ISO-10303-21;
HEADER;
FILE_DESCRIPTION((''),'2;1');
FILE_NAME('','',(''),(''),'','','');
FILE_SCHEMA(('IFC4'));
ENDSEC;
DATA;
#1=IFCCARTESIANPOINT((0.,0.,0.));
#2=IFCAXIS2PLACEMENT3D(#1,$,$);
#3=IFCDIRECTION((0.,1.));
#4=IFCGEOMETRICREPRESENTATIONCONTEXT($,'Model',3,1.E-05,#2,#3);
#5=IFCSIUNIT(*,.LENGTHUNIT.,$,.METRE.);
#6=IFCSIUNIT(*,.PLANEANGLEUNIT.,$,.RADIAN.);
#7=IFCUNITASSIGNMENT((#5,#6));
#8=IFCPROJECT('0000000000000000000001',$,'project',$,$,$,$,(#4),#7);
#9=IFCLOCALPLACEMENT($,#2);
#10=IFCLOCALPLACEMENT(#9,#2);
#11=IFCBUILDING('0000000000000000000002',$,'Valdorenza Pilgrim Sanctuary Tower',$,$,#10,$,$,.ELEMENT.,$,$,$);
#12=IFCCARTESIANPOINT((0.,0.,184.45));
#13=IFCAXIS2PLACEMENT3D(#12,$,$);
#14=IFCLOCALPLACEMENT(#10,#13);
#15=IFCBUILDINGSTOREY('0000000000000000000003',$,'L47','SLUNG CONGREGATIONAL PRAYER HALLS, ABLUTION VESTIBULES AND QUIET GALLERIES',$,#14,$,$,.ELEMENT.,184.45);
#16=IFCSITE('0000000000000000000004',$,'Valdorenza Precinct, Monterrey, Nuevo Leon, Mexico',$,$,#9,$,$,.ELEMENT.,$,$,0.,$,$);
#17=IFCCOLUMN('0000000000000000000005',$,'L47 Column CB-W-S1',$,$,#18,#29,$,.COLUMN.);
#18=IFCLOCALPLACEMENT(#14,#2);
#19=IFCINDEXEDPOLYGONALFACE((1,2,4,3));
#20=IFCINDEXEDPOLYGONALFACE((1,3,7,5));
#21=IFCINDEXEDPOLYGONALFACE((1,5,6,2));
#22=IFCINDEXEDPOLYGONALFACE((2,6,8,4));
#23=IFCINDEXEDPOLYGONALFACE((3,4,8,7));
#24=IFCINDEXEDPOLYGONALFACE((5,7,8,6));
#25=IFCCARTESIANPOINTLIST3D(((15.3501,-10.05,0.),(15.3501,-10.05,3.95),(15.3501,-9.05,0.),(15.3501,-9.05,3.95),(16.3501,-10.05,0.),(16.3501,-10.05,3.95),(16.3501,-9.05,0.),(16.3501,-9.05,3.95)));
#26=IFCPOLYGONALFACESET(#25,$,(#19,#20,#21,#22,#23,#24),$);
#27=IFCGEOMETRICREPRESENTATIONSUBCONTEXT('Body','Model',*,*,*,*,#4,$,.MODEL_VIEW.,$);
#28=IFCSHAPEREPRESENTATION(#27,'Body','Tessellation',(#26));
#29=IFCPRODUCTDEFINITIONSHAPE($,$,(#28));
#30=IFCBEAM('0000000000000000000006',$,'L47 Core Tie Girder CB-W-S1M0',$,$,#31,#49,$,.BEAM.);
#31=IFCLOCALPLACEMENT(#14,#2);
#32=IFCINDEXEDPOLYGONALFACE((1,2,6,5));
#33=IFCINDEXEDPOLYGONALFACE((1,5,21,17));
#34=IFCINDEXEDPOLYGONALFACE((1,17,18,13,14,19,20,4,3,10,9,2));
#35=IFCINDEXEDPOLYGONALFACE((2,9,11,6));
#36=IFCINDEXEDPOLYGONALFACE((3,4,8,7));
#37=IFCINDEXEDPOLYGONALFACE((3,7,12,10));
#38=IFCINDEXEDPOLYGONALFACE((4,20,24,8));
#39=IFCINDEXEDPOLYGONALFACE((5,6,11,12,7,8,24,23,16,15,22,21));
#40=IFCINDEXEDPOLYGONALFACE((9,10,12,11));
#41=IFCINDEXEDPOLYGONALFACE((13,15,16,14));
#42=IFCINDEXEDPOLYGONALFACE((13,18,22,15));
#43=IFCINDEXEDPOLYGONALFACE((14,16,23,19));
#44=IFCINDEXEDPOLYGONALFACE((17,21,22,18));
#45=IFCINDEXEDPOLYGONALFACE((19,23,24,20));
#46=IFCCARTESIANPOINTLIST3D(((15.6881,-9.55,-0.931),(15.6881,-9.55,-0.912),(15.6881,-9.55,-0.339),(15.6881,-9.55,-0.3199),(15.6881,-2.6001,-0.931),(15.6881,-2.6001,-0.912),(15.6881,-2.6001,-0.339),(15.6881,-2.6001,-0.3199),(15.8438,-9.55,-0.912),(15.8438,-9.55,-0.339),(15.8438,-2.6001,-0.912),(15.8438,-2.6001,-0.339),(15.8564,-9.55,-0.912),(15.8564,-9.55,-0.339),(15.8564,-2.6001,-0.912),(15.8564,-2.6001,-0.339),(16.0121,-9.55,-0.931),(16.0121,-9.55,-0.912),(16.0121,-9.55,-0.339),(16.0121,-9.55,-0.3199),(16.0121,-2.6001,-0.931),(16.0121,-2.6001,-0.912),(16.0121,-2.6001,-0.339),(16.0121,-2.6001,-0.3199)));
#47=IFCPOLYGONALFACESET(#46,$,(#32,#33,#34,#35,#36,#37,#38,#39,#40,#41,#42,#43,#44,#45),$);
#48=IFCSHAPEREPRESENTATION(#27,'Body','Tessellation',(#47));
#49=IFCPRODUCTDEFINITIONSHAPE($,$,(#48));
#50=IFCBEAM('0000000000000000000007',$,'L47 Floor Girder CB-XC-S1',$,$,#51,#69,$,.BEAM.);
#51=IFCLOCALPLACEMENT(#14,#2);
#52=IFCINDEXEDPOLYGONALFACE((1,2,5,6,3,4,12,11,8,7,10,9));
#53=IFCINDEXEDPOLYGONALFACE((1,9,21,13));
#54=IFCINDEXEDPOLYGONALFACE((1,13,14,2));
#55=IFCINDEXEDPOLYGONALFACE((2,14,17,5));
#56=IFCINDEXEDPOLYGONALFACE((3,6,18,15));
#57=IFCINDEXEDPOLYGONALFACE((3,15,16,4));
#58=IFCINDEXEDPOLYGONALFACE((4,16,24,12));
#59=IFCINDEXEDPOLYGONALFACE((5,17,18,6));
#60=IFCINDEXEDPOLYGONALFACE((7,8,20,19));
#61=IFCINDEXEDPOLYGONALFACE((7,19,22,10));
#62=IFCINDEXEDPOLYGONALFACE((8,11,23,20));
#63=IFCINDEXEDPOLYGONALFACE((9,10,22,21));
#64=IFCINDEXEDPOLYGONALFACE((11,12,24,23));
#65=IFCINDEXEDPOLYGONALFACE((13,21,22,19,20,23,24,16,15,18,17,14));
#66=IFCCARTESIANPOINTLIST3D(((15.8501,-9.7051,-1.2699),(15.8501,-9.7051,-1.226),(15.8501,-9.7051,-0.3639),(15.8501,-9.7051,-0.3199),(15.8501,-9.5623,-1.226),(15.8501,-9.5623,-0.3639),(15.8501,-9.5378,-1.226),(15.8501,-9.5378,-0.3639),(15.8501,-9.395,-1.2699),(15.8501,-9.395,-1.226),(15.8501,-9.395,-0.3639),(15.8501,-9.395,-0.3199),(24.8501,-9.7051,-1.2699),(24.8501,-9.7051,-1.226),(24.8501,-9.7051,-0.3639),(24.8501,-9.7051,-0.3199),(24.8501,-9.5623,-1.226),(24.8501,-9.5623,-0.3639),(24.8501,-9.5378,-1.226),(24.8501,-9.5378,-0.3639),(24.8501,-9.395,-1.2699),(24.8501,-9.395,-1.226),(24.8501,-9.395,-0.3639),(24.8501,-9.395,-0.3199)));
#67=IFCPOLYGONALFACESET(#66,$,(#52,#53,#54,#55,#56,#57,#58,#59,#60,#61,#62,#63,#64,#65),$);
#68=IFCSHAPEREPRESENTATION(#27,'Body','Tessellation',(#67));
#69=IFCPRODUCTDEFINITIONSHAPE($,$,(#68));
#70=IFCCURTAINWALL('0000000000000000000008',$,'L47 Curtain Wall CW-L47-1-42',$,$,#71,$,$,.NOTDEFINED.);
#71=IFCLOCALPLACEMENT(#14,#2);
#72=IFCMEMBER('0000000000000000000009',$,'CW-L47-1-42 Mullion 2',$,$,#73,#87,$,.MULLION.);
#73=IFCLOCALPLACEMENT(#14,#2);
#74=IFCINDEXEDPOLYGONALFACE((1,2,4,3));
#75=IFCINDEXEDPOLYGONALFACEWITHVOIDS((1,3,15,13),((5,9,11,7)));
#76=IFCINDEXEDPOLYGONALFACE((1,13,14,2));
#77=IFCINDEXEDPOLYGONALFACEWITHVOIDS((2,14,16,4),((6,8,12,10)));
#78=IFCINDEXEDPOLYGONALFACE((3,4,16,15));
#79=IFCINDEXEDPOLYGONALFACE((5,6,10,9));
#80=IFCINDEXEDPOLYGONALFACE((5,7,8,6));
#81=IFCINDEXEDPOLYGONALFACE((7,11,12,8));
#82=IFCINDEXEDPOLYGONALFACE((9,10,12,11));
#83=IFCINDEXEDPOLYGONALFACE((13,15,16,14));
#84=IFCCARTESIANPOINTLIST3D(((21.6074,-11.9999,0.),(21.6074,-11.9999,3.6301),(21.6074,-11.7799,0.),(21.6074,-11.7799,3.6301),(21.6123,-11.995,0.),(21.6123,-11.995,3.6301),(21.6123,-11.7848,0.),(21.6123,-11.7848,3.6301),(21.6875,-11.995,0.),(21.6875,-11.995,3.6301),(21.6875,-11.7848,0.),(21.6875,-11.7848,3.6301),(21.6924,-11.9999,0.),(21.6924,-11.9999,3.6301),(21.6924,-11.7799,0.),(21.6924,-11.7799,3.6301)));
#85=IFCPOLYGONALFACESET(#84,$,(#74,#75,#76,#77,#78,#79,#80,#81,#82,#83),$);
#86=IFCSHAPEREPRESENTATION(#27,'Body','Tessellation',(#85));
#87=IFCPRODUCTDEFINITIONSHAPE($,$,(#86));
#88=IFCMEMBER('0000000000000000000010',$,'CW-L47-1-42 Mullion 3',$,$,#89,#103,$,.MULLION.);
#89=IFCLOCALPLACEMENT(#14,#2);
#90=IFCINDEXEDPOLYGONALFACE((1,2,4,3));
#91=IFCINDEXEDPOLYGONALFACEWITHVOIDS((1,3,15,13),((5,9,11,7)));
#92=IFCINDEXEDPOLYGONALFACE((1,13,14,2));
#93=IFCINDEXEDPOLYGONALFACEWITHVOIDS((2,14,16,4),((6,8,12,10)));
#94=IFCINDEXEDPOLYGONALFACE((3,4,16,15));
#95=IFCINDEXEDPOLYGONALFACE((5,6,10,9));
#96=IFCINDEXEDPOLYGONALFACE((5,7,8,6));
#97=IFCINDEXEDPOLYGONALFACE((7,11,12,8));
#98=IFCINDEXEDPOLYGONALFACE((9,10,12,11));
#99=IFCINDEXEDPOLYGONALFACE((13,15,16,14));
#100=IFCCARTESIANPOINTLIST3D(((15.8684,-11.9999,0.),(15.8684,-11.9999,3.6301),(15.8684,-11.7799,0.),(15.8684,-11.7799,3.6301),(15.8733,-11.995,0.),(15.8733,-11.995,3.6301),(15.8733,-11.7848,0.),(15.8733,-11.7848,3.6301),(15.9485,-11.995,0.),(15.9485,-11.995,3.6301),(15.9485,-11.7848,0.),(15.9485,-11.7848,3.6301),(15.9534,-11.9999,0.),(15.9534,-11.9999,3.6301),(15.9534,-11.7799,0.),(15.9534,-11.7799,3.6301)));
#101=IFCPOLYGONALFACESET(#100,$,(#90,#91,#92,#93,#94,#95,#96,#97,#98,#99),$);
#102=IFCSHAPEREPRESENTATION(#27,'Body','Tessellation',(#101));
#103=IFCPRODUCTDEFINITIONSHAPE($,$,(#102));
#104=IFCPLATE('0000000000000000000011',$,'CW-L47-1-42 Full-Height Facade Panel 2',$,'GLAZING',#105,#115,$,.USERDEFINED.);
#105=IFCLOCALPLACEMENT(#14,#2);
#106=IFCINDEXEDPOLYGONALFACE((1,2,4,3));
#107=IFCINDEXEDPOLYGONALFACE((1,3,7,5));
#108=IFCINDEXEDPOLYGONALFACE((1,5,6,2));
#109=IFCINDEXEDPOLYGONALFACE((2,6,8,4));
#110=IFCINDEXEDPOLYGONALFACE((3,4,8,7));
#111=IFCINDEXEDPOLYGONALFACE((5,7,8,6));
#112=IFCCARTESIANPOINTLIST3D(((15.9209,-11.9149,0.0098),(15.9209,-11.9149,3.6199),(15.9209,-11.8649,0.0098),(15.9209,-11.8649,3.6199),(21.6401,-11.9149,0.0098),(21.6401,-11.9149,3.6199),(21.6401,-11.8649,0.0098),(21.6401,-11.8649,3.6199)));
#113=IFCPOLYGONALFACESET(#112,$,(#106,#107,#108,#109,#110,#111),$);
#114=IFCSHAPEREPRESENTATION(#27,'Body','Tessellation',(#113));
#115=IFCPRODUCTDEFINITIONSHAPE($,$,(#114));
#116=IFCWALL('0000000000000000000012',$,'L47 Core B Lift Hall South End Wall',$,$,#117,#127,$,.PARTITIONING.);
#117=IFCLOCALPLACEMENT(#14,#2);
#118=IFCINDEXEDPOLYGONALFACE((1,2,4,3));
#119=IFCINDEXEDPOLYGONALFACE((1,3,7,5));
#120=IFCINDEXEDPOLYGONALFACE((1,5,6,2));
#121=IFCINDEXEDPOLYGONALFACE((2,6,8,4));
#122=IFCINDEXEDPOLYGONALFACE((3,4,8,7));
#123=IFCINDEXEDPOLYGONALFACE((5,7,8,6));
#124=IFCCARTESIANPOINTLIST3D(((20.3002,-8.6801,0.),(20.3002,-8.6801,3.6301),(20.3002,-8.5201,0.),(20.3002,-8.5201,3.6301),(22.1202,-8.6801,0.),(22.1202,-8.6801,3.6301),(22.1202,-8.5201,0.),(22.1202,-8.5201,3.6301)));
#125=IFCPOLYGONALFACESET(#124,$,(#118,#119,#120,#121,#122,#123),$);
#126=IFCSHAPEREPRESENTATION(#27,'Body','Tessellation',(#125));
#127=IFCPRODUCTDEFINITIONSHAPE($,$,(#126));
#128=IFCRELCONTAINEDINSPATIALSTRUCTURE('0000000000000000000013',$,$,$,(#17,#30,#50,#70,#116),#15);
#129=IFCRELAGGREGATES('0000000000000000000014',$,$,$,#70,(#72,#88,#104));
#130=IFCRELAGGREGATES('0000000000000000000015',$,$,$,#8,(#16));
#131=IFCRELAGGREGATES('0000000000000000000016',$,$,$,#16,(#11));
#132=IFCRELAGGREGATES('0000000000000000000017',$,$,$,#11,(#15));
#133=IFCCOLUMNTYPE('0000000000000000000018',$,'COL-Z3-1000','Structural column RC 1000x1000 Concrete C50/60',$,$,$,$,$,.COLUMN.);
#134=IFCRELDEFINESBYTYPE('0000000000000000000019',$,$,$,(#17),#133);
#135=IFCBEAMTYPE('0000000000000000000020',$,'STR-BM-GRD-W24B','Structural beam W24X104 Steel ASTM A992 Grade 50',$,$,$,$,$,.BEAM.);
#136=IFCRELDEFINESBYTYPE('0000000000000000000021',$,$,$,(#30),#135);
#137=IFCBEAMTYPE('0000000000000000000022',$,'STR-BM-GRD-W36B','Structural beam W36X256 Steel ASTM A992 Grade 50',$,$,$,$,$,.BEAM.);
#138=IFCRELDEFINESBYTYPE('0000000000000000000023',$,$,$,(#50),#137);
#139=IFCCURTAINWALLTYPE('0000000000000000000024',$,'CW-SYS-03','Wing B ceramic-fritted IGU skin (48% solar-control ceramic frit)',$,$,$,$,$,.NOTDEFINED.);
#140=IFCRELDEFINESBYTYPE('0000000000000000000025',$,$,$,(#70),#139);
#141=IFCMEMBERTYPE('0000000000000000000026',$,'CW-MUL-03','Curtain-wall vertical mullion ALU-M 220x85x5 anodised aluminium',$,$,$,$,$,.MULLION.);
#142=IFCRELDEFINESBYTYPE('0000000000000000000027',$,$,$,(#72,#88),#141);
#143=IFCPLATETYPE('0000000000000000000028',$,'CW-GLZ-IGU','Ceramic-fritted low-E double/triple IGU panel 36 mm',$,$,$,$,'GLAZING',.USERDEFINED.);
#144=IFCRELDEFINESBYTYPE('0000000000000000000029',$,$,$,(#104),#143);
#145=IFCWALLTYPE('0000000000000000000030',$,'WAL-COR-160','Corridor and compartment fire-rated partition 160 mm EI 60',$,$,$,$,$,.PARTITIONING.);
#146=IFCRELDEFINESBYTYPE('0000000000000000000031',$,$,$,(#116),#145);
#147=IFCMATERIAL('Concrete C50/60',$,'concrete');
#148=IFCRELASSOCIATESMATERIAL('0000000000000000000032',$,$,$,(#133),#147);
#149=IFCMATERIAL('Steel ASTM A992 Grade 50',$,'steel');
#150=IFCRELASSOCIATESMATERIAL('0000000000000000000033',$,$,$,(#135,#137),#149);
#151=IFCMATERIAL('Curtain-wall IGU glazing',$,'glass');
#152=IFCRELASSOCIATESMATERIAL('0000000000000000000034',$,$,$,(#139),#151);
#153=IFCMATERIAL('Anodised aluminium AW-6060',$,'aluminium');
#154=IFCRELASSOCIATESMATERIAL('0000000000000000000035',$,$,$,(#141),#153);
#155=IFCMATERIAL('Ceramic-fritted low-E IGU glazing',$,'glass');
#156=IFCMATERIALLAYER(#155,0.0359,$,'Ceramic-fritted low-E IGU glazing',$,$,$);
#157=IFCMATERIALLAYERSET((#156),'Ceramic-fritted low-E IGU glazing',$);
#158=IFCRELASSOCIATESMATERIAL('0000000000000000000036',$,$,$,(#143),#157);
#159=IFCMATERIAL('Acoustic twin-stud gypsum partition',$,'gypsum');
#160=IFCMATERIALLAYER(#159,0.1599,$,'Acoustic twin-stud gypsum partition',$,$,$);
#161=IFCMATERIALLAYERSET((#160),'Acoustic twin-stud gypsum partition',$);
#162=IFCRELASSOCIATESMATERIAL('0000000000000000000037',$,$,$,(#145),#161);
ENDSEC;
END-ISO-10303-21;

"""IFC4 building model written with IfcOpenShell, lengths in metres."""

from ifc_helpers import new_model, si_unit, direction, frame, frame_2d, origin, origin_2d, place, context, subcontext, project, spatial, rectangle, hollow_rectangle, i_section, extrude, source, transform, mapped, material, layer, layer_set, material_profile, profile_set, type_object, element, aggregate, save


model = new_model("IFC4")

# Units and contexts
model_context = context("Model", 3, precision=1e-05, world=origin(), true_north=direction((0.0, 1.0)))
body_context = subcontext(model_context, "Body", "Model", "MODEL_VIEW")
ifc_project = project(units=[si_unit("LENGTHUNIT", "METRE"), si_unit("PLANEANGLEUNIT", "RADIAN")], contexts=[model_context])

# Site, building, storey
site_placement = place(None, origin())
site = spatial("IfcSite", under=ifc_project, at=site_placement, Name="Valdorenza Precinct, Monterrey, Nuevo Leon, Mexico", CompositionType="ELEMENT", RefElevation=0.0)
building_placement = place(site_placement, origin())
building = spatial("IfcBuilding", under=site, at=building_placement, Name="Valdorenza Pilgrim Sanctuary Tower", CompositionType="ELEMENT")
storey_placement = place(building_placement, frame((0.0, 0.0, 184.45)))
storey = spatial("IfcBuildingStorey", under=building, at=storey_placement, Name="L47", Description="SLUNG CONGREGATIONAL PRAYER HALLS, ABLUTION VESTIBULES AND QUIET GALLERIES", CompositionType="ELEMENT", Elevation=184.45)

# Column
ifc_material_1 = material(Name="Concrete C50/60", Category="concrete")
ifc_material_profile_1 = material_profile(ifc_material_1, rectangle(XDim=1.0, YDim=1.0, at=origin_2d()), Name="RC 1000x1000")
ifc_profile_set_1 = profile_set([ifc_material_profile_1], Name="Concrete C50/60")
column_type = type_object("IfcColumnType", Name="COL-Z3-1000", Description="Structural column RC 1000x1000 Concrete C50/60", PredefinedType="COLUMN", material=ifc_profile_set_1)
shared_shape_1 = source(origin(), body_context, "Body", "SweptSolid", [
    extrude(rectangle(XDim=1.0, YDim=1.0, at=origin_2d()), origin(), (0.0, 0.0, 1.0), 3.95),
])
column_placement = place(storey_placement, frame((15.8501, -9.55, 0.0), z_axis=(0.0, 0.0, 1.0), x_axis=(1.0, 0.0, 0.0)))
element("IfcColumn", 1, at=column_placement, inside=storey, type_object=column_type, Name="L47 Column CB-W-S1", PredefinedType="COLUMN", context=body_context, shape_type="MappedRepresentation", body=[
    mapped(shared_shape_1, transform((0.0, 0.0, 0.0), x_axis=(1.0, 0.0, 0.0), y_axis=(0.0, 1.0, 0.0), z_axis=(0.0, 0.0, 1.0), scale=1.0)),
])

# Beams
ifc_material_2 = material(Name="Steel ASTM A992 Grade 50", Category="steel")
ifc_material_profile_2 = material_profile(ifc_material_2, i_section(OverallWidth=0.324, OverallDepth=0.6111, WebThickness=0.0127, FlangeThickness=0.019, at=origin_2d()), Name="W24X104")
ifc_profile_set_2 = profile_set([ifc_material_profile_2], Name="Steel ASTM A992 Grade 50")
beam_type_1 = type_object("IfcBeamType", Name="STR-BM-GRD-W24B", Description="Structural beam W24X104 Steel ASTM A992 Grade 50", PredefinedType="BEAM", material=ifc_profile_set_2)
shared_shape_2 = source(origin(), body_context, "Body", "SweptSolid", [
    extrude(i_section(OverallWidth=0.324, OverallDepth=0.6111, WebThickness=0.0127, FlangeThickness=0.019, at=origin_2d()), origin(), (0.0, 0.0, 1.0), 6.95),
])
beam_1_placement = place(storey_placement, frame((15.8501, -9.55, -0.6255), z_axis=(0.0, 1.0, 0.0), x_axis=(-1.0, 0.0, 0.0)))
element("IfcBeam", 2, at=beam_1_placement, inside=storey, type_object=beam_type_1, Name="L47 Core Tie Girder CB-W-S1M0", PredefinedType="BEAM", context=body_context, shape_type="MappedRepresentation", body=[
    mapped(shared_shape_2, transform((0.0, 0.0, 0.0), x_axis=(1.0, 0.0, 0.0), y_axis=(0.0, 1.0, 0.0), z_axis=(0.0, 0.0, 1.0), scale=1.0)),
])
ifc_material_profile_3 = material_profile(ifc_material_2, i_section(OverallWidth=0.3101, OverallDepth=0.95, WebThickness=0.0244, FlangeThickness=0.0439, at=origin_2d()), Name="W36X256")
ifc_profile_set_3 = profile_set([ifc_material_profile_3], Name="Steel ASTM A992 Grade 50")
beam_type_2 = type_object("IfcBeamType", Name="STR-BM-GRD-W36B", Description="Structural beam W36X256 Steel ASTM A992 Grade 50", PredefinedType="BEAM", material=ifc_profile_set_3)
shared_shape_3 = source(origin(), body_context, "Body", "SweptSolid", [
    extrude(i_section(OverallWidth=0.3101, OverallDepth=0.95, WebThickness=0.0244, FlangeThickness=0.0439, at=origin_2d()), origin(), (0.0, 0.0, 1.0), 9.0),
])
beam_2_placement = place(storey_placement, frame((15.8501, -9.55, -0.7949), z_axis=(1.0, 0.0, 0.0), x_axis=(0.0, 1.0, 0.0)))
element("IfcBeam", 3, at=beam_2_placement, inside=storey, type_object=beam_type_2, Name="L47 Floor Girder CB-XC-S1", PredefinedType="BEAM", context=body_context, shape_type="MappedRepresentation", body=[
    mapped(shared_shape_3, transform((0.0, 0.0, 0.0), x_axis=(1.0, 0.0, 0.0), y_axis=(0.0, 1.0, 0.0), z_axis=(0.0, 0.0, 1.0), scale=1.0)),
])

# Curtain wall, members, plate
ifc_material_3 = material(Name="Curtain-wall IGU glazing", Category="glass")
curtain_wall_type = type_object("IfcCurtainWallType", Name="CW-SYS-03", Description="Wing B ceramic-fritted IGU skin (48% solar-control ceramic frit)", PredefinedType="NOTDEFINED", material=ifc_material_3)
curtain_wall_placement = place(storey_placement, origin())
curtain_wall = element("IfcCurtainWall", 4, at=curtain_wall_placement, inside=storey, type_object=curtain_wall_type, Name="L47 Curtain Wall CW-L47-1-42", PredefinedType="NOTDEFINED")
ifc_material_4 = material(Name="Anodised aluminium AW-6060", Category="aluminium")
ifc_material_profile_4 = material_profile(ifc_material_4, hollow_rectangle(XDim=0.085, YDim=0.22, WallThickness=0.0049, at=origin_2d()), Name="ALU-M 220x85x5")
ifc_profile_set_4 = profile_set([ifc_material_profile_4], Name="Anodised aluminium AW-6060")
member_type = type_object("IfcMemberType", Name="CW-MUL-03", Description="Curtain-wall vertical mullion ALU-M 220x85x5 anodised aluminium", PredefinedType="MULLION", material=ifc_profile_set_4)
shared_shape_4 = source(origin(), body_context, "Body", "SweptSolid", [
    extrude(hollow_rectangle(XDim=0.085, YDim=0.22, WallThickness=0.0049, at=origin_2d()), origin(), (0.0, 0.0, 1.0), 3.6301),
])
member_1_placement = place(storey_placement, frame((21.6499, -11.8899, 0.0), z_axis=(0.0, 0.0, 1.0), x_axis=(-1.0, 0.0, 0.0)))
member_1 = element("IfcMember", 5, at=member_1_placement, type_object=member_type, Name="CW-L47-1-42 Mullion 2", PredefinedType="MULLION", context=body_context, shape_type="MappedRepresentation", body=[
    mapped(shared_shape_4, transform((0.0, 0.0, 0.0), x_axis=(1.0, 0.0, 0.0), y_axis=(0.0, 1.0, 0.0), z_axis=(0.0, 0.0, 1.0), scale=1.0)),
])
member_2_placement = place(storey_placement, frame((15.9109, -11.8899, 0.0), z_axis=(0.0, 0.0, 1.0), x_axis=(-1.0, 0.0, 0.0)))
member_2 = element("IfcMember", 6, at=member_2_placement, type_object=member_type, Name="CW-L47-1-42 Mullion 3", PredefinedType="MULLION", context=body_context, shape_type="MappedRepresentation", body=[
    mapped(shared_shape_4, transform((0.0, 0.0, 0.0), x_axis=(1.0, 0.0, 0.0), y_axis=(0.0, 1.0, 0.0), z_axis=(0.0, 0.0, 1.0), scale=1.0)),
])
ifc_material_5 = material(Name="Ceramic-fritted low-E IGU glazing", Category="glass")
ifc_layer_1 = layer(ifc_material_5, 0.0359, Name="Ceramic-fritted low-E IGU glazing")
ifc_layer_set_1 = layer_set([ifc_layer_1], Name="Ceramic-fritted low-E IGU glazing")
plate_type = type_object("IfcPlateType", Name="CW-GLZ-IGU", Description="Ceramic-fritted low-E double/triple IGU panel 36 mm", ElementType="GLAZING", PredefinedType="USERDEFINED", material=ifc_layer_set_1)
shared_shape_5 = source(origin(), body_context, "Body", "SweptSolid", [
    extrude(rectangle(XDim=5.7192, YDim=0.05, at=origin_2d()), origin(), (0.0, 0.0, 1.0), 3.6101),
])
plate_placement = place(storey_placement, frame((18.7805, -11.8899, 0.0098), z_axis=(0.0, 0.0, 1.0), x_axis=(-1.0, 0.0, 0.0)))
plate = element("IfcPlate", 7, at=plate_placement, type_object=plate_type, Name="CW-L47-1-42 Full-Height Facade Panel 2", ObjectType="GLAZING", PredefinedType="USERDEFINED", context=body_context, shape_type="MappedRepresentation", body=[
    mapped(shared_shape_5, transform((0.0, 0.0, 0.0), x_axis=(1.0, 0.0, 0.0), y_axis=(0.0, 1.0, 0.0), z_axis=(0.0, 0.0, 1.0), scale=1.0)),
])
aggregate(curtain_wall, [member_1, member_2, plate])

# Wall
ifc_material_6 = material(Name="Acoustic twin-stud gypsum partition", Category="gypsum")
ifc_layer_2 = layer(ifc_material_6, 0.1599, Name="Acoustic twin-stud gypsum partition")
ifc_layer_set_2 = layer_set([ifc_layer_2], Name="Acoustic twin-stud gypsum partition")
wall_type_1 = type_object("IfcWallType", Name="WAL-COR-160", Description="Corridor and compartment fire-rated partition 160 mm EI 60", PredefinedType="PARTITIONING", material=ifc_layer_set_2)
wall_1_placement = place(storey_placement, frame((20.3, -8.6001, 0.0), z_axis=(0.0, 0.0, 1.0), x_axis=(1.0, 0.0, 0.0)))
element("IfcWall", 8, at=wall_1_placement, inside=storey, type_object=wall_type_1, Name="L47 Core B Lift Hall South End Wall", PredefinedType="PARTITIONING", context=body_context, shape_type="SweptSolid", body=[
    extrude(rectangle(XDim=1.8201, YDim=0.1599, at=frame_2d((0.9102, 0.0))), origin(), (0.0, 0.0, 1.0), 3.6301),
])

save(model, "model.ifc")
